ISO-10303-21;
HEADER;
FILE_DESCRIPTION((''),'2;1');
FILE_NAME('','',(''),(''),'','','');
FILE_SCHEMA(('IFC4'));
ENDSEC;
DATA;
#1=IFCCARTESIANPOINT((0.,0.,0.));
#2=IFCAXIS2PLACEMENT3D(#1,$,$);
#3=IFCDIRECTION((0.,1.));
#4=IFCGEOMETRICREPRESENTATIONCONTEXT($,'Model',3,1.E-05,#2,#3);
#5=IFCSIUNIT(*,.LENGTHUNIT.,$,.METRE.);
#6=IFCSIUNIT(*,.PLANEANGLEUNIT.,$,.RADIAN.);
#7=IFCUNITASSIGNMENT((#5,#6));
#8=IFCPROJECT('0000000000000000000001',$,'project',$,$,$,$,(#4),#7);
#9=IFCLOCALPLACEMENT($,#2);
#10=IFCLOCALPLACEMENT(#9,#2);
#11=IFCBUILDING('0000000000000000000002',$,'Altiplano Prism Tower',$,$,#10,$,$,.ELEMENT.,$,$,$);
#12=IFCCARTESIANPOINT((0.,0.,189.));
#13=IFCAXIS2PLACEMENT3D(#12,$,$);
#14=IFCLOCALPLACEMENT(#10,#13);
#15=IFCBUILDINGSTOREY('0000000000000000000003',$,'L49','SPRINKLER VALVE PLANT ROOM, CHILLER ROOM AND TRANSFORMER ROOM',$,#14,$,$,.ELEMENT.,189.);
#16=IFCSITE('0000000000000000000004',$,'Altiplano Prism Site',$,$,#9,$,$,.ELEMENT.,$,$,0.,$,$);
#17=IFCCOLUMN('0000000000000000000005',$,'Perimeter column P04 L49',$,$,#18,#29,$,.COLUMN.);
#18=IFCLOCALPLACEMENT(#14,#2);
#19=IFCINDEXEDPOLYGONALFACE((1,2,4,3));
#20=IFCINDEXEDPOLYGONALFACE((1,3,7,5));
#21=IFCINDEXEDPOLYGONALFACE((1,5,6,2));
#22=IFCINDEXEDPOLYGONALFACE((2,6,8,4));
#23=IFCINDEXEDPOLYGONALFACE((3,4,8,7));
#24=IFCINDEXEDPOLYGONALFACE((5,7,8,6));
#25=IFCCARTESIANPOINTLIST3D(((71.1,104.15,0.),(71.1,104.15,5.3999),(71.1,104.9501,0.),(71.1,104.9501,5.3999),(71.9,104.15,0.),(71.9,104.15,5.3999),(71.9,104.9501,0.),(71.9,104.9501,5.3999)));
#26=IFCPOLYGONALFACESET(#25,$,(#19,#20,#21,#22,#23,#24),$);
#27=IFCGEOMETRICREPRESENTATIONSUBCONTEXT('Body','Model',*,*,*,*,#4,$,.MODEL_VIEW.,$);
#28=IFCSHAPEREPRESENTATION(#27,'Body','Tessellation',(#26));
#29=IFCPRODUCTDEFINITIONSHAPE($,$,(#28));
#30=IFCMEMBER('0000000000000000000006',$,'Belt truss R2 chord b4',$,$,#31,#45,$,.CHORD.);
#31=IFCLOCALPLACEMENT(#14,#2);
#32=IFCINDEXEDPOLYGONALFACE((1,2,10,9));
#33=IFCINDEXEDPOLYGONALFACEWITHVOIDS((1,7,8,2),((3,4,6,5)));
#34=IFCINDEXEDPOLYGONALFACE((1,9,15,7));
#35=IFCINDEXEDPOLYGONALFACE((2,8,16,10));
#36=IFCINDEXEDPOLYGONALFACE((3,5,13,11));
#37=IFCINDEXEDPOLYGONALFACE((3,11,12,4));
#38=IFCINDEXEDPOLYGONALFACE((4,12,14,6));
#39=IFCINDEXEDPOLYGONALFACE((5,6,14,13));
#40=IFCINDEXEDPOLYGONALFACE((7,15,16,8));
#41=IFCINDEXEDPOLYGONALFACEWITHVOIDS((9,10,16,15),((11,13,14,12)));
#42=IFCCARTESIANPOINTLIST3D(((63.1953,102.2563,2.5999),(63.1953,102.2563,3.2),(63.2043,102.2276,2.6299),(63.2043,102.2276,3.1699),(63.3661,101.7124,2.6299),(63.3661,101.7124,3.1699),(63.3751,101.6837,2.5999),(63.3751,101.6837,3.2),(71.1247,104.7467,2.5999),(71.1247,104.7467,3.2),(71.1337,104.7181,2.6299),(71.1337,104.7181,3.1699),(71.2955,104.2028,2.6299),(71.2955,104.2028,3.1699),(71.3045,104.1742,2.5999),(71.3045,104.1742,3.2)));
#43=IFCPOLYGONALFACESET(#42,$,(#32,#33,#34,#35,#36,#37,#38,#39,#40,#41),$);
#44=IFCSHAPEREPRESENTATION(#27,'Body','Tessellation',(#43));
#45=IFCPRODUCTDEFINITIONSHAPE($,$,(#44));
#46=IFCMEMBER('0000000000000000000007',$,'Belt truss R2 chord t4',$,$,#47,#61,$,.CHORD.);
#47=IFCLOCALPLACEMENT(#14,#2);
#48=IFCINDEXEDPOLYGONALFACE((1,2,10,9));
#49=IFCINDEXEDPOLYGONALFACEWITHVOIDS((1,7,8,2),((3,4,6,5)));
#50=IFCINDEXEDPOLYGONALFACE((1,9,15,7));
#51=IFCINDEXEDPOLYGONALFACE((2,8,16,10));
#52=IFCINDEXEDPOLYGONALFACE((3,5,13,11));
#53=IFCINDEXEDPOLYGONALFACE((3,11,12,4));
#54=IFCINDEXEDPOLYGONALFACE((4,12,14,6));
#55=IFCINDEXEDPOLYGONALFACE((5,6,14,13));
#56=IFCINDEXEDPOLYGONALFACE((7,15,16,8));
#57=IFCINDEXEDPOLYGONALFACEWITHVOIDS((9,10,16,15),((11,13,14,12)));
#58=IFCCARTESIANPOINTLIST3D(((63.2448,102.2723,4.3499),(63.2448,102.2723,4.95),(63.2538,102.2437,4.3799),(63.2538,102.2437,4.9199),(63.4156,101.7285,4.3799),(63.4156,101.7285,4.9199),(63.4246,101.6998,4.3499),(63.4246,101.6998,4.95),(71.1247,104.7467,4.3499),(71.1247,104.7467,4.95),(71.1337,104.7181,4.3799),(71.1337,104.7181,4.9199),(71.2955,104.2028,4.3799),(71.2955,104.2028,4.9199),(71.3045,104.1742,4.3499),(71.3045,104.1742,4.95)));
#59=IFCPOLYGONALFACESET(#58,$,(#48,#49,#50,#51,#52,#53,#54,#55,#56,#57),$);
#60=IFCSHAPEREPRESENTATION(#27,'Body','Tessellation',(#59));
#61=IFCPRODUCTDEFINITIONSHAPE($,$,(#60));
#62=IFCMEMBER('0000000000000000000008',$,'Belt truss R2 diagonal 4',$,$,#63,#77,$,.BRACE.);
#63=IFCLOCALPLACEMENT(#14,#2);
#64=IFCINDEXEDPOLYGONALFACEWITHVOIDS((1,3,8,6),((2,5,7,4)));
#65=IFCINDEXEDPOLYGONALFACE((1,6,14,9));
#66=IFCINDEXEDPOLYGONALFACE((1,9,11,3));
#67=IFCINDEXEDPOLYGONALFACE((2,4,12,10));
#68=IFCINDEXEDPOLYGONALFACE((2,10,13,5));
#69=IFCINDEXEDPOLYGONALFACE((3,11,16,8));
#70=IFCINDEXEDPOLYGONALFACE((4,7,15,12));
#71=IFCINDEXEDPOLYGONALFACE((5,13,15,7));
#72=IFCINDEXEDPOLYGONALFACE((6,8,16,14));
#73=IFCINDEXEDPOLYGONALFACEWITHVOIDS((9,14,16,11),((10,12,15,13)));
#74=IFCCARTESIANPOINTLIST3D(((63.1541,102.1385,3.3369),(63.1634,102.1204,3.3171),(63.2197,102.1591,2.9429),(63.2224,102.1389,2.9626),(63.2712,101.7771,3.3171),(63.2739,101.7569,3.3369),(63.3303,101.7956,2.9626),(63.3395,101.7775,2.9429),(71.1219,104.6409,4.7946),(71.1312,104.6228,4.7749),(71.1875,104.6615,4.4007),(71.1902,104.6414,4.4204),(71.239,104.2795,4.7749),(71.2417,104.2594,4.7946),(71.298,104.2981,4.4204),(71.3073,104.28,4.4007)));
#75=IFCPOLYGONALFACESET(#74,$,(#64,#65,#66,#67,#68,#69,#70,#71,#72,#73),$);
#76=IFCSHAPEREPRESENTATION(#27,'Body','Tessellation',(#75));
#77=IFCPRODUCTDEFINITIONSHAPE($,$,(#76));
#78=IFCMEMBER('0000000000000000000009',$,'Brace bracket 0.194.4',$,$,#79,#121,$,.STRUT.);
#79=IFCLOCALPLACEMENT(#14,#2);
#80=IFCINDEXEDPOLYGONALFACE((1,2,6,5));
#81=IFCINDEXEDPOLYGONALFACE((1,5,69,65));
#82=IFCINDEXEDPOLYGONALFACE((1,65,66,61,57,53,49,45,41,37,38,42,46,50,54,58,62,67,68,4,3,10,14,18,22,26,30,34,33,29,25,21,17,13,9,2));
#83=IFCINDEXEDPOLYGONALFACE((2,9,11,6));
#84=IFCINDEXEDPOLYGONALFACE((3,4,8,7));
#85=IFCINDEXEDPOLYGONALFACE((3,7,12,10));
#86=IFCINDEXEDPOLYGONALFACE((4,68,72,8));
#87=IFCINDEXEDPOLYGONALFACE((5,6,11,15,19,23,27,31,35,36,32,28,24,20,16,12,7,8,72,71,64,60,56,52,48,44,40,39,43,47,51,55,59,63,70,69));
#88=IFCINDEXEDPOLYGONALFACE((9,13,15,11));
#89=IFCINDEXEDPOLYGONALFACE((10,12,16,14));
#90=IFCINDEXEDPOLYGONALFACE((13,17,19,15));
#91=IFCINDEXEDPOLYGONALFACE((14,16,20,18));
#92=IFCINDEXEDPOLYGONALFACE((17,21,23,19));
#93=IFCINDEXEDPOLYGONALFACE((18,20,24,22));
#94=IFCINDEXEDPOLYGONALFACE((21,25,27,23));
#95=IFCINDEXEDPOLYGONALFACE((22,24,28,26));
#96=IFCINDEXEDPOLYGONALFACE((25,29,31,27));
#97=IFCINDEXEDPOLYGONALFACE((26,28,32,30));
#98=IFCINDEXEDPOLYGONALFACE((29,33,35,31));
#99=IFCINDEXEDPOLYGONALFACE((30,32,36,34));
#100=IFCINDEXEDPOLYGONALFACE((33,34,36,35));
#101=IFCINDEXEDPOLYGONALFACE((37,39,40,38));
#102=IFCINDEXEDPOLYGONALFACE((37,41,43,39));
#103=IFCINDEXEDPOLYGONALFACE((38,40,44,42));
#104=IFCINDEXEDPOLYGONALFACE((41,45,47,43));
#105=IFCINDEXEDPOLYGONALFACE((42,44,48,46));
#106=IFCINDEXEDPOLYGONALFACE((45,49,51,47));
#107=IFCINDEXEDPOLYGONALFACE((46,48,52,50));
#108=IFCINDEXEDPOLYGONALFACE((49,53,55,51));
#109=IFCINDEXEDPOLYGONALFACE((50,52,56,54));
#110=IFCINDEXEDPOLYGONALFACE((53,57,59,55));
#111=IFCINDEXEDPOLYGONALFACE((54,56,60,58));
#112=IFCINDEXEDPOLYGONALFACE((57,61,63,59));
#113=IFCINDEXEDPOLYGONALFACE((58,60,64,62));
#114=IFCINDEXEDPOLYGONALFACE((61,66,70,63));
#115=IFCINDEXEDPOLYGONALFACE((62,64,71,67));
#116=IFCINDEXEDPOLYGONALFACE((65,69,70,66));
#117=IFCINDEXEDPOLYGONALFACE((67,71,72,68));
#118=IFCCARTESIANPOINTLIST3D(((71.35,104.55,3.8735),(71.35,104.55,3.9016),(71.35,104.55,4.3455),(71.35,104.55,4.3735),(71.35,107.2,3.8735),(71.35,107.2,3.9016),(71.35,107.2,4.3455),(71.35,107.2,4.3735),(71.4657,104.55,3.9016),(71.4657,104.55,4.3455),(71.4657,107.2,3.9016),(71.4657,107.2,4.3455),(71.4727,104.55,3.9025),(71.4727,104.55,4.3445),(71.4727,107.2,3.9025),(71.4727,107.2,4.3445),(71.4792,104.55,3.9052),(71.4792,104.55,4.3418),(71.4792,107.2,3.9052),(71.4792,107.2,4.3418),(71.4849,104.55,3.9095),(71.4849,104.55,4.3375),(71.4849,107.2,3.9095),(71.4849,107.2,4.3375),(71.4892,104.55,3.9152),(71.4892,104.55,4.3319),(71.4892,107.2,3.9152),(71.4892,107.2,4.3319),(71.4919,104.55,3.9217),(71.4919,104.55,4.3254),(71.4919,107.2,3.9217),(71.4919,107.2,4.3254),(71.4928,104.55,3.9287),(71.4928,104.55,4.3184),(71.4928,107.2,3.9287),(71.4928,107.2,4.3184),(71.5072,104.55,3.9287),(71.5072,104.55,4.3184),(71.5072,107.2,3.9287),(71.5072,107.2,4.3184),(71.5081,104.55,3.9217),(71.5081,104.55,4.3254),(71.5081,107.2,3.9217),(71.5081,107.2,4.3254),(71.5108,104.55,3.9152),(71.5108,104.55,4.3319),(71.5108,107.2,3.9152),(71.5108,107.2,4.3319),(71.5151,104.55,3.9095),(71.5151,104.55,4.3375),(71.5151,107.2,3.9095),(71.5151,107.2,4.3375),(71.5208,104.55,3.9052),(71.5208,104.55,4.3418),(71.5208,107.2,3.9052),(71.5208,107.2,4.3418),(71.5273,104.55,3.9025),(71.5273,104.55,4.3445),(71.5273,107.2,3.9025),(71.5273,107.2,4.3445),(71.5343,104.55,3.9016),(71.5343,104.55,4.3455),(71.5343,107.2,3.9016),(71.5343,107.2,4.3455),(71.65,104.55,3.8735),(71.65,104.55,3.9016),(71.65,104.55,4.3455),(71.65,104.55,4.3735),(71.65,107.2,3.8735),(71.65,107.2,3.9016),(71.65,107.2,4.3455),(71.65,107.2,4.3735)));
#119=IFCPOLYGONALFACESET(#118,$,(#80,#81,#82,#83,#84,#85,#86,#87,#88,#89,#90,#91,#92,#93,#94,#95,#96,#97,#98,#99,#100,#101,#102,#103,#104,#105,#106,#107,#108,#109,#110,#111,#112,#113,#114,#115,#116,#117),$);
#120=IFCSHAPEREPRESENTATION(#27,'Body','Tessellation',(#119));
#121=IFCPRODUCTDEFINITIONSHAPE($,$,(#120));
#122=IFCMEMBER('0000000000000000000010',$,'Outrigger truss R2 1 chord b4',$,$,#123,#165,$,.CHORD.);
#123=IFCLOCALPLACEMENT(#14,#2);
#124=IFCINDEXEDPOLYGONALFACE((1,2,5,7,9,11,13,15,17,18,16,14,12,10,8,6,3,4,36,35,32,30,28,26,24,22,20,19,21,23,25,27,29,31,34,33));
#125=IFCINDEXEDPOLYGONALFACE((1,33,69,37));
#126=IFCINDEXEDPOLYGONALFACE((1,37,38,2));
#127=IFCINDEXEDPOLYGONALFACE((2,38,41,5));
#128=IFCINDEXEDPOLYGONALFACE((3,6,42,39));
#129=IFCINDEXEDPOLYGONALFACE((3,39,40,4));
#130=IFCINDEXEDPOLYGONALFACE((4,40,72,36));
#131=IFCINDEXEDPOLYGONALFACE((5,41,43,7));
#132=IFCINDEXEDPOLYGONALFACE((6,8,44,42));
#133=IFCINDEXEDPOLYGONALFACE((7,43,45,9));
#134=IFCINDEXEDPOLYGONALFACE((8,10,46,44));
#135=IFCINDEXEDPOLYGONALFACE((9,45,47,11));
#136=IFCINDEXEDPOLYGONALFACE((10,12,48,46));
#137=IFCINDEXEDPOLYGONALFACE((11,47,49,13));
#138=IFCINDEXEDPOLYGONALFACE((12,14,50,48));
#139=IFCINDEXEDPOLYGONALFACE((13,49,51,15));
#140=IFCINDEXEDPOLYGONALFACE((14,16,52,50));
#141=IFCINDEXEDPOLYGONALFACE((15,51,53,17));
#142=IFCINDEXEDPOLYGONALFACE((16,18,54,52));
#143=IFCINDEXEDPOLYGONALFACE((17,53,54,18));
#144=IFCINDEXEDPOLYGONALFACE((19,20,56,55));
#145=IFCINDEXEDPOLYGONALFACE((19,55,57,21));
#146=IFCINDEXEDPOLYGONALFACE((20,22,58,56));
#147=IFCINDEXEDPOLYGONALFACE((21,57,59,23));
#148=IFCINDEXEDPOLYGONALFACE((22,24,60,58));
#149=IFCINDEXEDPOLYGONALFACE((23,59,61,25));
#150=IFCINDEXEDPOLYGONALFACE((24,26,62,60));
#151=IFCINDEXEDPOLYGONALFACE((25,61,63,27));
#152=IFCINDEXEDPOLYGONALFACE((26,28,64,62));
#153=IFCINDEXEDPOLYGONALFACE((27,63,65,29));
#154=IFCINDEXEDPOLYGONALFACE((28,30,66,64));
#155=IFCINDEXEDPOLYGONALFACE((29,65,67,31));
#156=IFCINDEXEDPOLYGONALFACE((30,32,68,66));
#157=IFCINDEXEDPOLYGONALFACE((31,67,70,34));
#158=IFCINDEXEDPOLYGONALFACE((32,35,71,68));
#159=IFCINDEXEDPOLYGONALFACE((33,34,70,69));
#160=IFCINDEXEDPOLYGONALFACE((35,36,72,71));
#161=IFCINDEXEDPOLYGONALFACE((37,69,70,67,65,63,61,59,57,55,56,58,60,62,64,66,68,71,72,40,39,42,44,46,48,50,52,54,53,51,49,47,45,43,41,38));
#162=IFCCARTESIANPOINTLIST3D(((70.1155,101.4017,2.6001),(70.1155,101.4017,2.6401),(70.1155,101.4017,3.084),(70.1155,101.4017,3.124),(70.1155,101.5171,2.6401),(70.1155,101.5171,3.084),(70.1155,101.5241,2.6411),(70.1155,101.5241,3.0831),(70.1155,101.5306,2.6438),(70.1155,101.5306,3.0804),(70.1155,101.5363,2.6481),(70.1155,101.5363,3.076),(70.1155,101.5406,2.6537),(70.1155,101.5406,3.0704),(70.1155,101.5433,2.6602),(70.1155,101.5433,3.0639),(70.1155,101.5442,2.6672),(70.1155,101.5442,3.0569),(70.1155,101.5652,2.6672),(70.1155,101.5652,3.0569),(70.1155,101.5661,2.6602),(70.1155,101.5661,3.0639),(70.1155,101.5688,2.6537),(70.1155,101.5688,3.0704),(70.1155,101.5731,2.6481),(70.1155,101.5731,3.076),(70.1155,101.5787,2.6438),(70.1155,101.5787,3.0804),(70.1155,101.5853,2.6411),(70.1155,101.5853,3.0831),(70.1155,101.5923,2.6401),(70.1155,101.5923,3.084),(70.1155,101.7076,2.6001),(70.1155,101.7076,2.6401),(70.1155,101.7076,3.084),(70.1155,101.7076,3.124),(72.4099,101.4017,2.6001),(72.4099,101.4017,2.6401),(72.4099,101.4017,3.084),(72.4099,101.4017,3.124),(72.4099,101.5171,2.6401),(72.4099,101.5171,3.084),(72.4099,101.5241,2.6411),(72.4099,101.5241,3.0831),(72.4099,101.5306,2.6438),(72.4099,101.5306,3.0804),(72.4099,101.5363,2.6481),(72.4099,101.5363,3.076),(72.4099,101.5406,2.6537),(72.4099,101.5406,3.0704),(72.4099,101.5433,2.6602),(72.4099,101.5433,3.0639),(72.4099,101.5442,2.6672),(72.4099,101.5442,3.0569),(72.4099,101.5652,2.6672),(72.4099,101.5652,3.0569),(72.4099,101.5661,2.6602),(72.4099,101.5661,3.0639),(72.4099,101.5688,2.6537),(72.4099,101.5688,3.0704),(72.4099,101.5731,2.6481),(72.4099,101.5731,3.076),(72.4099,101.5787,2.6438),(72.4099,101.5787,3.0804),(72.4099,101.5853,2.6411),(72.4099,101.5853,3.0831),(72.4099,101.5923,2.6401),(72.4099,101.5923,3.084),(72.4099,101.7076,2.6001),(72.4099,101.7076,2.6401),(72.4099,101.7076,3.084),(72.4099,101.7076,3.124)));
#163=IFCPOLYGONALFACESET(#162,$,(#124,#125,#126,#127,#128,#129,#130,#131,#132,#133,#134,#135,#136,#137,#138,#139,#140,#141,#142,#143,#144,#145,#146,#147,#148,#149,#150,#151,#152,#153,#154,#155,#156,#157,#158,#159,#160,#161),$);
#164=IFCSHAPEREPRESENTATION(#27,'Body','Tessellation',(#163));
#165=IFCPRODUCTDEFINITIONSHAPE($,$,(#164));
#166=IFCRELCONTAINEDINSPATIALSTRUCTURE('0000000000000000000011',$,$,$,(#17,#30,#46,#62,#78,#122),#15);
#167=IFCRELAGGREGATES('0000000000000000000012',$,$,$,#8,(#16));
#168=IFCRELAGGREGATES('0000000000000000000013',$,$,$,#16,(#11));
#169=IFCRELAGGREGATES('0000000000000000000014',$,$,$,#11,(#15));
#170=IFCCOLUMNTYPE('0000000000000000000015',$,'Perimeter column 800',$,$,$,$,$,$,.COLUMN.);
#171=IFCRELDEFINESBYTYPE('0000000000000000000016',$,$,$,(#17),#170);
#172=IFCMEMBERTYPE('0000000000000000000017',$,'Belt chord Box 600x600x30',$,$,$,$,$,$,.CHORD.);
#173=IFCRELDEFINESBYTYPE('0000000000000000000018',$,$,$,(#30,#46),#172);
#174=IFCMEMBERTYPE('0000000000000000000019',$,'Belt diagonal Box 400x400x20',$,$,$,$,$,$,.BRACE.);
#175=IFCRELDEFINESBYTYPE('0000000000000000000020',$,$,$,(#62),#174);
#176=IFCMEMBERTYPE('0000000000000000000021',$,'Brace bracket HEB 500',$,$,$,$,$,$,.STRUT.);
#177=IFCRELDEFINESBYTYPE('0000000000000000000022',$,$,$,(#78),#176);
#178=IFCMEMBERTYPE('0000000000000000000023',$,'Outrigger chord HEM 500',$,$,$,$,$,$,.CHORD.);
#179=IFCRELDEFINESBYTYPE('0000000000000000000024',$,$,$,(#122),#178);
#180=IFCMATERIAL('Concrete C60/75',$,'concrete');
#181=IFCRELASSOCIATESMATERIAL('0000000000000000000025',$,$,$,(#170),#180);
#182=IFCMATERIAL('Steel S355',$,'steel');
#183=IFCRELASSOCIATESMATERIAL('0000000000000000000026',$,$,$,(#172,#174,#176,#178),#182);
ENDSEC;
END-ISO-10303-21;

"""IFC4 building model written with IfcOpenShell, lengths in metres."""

from ifc_helpers import new_model, si_unit, direction, frame, origin, origin_2d, place, context, subcontext, project, spatial, rectangle, hollow_rectangle, i_section, extrude, material, material_profile, profile_set, type_object, element, save


model = new_model("IFC4")

# Units and contexts
model_context = context("Model", 3, precision=1e-05, world=origin(), true_north=direction((0.0, 1.0)))
body_context = subcontext(model_context, "Body", "Model", "MODEL_VIEW")
ifc_project = project(units=[si_unit("LENGTHUNIT", "METRE"), si_unit("PLANEANGLEUNIT", "RADIAN")], contexts=[model_context])

# Site, building, storey
site_placement = place(None, origin())
site = spatial("IfcSite", under=ifc_project, at=site_placement, Name="Altiplano Prism Site", CompositionType="ELEMENT", RefElevation=0.0)
building_placement = place(site_placement, origin())
building = spatial("IfcBuilding", under=site, at=building_placement, Name="Altiplano Prism Tower", CompositionType="ELEMENT")
storey_placement = place(building_placement, frame((0.0, 0.0, 189.0)))
storey = spatial("IfcBuildingStorey", under=building, at=storey_placement, Name="L49", Description="SPRINKLER VALVE PLANT ROOM, CHILLER ROOM AND TRANSFORMER ROOM", CompositionType="ELEMENT", Elevation=189.0)

# Column
ifc_material_1 = material(Name="Concrete C60/75", Category="concrete")
ifc_material_profile_1 = material_profile(ifc_material_1, rectangle(XDim=0.8, YDim=0.8, at=origin_2d()), Name="Perimeter column 800")
ifc_profile_set_1 = profile_set([ifc_material_profile_1], Name="Concrete C60/75")
column_type = type_object("IfcColumnType", Name="Perimeter column 800", PredefinedType="COLUMN", material=ifc_profile_set_1)
column_placement = place(storey_placement, frame((71.5, 104.55, 0.0), z_axis=(0.0, 0.0, 1.0), x_axis=(1.0, 0.0, 0.0)))
element("IfcColumn", 1, at=column_placement, inside=storey, type_object=column_type, Name="Perimeter column P04 L49", PredefinedType="COLUMN", context=body_context, shape_type="SweptSolid", body=[
    extrude(rectangle(XDim=0.8, YDim=0.8, at=origin_2d()), origin(), (0.0, 0.0, 1.0), 5.3999),
])

# Members
ifc_material_2 = material(Name="Steel S355", Category="steel")
ifc_material_profile_2 = material_profile(ifc_material_2, hollow_rectangle(XDim=0.6001, YDim=0.6001, WallThickness=0.03, at=origin_2d()), Name="Belt chord Box 600x600x30")
ifc_profile_set_2 = profile_set([ifc_material_profile_2], Name="Steel S355")
member_type_1 = type_object("IfcMemberType", Name="Belt chord Box 600x600x30", PredefinedType="CHORD", material=ifc_profile_set_2)
member_1_placement = place(storey_placement, frame((71.2146, 104.4604, 2.8999), z_axis=(-0.95405, -0.299648, 0.0), x_axis=(0.299648, -0.95405, 0.0)))
element("IfcMember", 2, at=member_1_placement, inside=storey, type_object=member_type_1, Name="Belt truss R2 chord b4", PredefinedType="CHORD", context=body_context, shape_type="SweptSolid", body=[
    extrude(hollow_rectangle(XDim=0.6001, YDim=0.6001, WallThickness=0.03, at=origin_2d()), origin(), (0.0, 0.0, 1.0), 8.3113),
])
member_2_placement = place(storey_placement, frame((71.2146, 104.4604, 4.6499), z_axis=(-0.954069, -0.299588, 0.0), x_axis=(0.299588, -0.954069, 0.0)))
element("IfcMember", 3, at=member_2_placement, inside=storey, type_object=member_type_1, Name="Belt truss R2 chord t4", PredefinedType="CHORD", context=body_context, shape_type="SweptSolid", body=[
    extrude(hollow_rectangle(XDim=0.6001, YDim=0.6001, WallThickness=0.03, at=origin_2d()), origin(), (0.0, 0.0, 1.0), 8.2593),
])
ifc_material_profile_3 = material_profile(ifc_material_2, hollow_rectangle(XDim=0.3999, YDim=0.3999, WallThickness=0.02, at=origin_2d()), Name="Belt diagonal Box 400x400x20")
ifc_profile_set_3 = profile_set([ifc_material_profile_3], Name="Steel S355")
member_type_2 = type_object("IfcMemberType", Name="Belt diagonal Box 400x400x20", PredefinedType="BRACE", material=ifc_profile_set_3)
member_3_placement = place(storey_placement, frame((71.2146, 104.4604, 4.5977), z_axis=(-0.939842, -0.295177, -0.171951), x_axis=(0.29964, -0.954052, 0.0)))
element("IfcMember", 4, at=member_3_placement, inside=storey, type_object=member_type_2, Name="Belt truss R2 diagonal 4", PredefinedType="BRACE", context=body_context, shape_type="SweptSolid", body=[
    extrude(hollow_rectangle(XDim=0.3999, YDim=0.3999, WallThickness=0.02, at=origin_2d()), origin(), (0.0, 0.0, 1.0), 8.4778),
])
ifc_material_profile_4 = material_profile(ifc_material_2, i_section(OverallWidth=0.3, OverallDepth=0.5, WebThickness=0.0144, FlangeThickness=0.0281, FilletRadius=0.0271, at=origin_2d()), Name="Brace bracket HEB 500")
ifc_profile_set_4 = profile_set([ifc_material_profile_4], Name="Steel S355")
member_type_3 = type_object("IfcMemberType", Name="Brace bracket HEB 500", PredefinedType="STRUT", material=ifc_profile_set_4)
member_4_placement = place(storey_placement, frame((71.5, 104.55, 4.1235), z_axis=(0.0, 1.0, 0.0), x_axis=(-1.0, 0.0, 0.0)))
element("IfcMember", 5, at=member_4_placement, inside=storey, type_object=member_type_3, Name="Brace bracket 0.194.4", PredefinedType="STRUT", context=body_context, shape_type="SweptSolid", body=[
    extrude(i_section(OverallWidth=0.3, OverallDepth=0.5, WebThickness=0.0144, FlangeThickness=0.0281, FilletRadius=0.0271, at=origin_2d()), origin(), (0.0, 0.0, 1.0), 2.6499),
])
ifc_material_profile_5 = material_profile(ifc_material_2, i_section(OverallWidth=0.3059, OverallDepth=0.5239, WebThickness=0.021, FlangeThickness=0.04, FilletRadius=0.0271, at=origin_2d()), Name="Outrigger chord HEM 500")
ifc_profile_set_5 = profile_set([ifc_material_profile_5], Name="Steel S355")
member_type_4 = type_object("IfcMemberType", Name="Outrigger chord HEM 500", PredefinedType="CHORD", material=ifc_profile_set_5)
for number, where, z_axis, x_axis, name in (
    (6, (70.1155, 101.5547, 2.8621), (1.0, 0.0, 0.0), (0.0, 1.0, 0.0), "Outrigger truss R2 1 chord b4"),
):
    element("IfcMember", number, at=place(storey_placement, frame(where, z_axis=z_axis, x_axis=x_axis)), inside=storey, type_object=member_type_4, Name=name, PredefinedType="CHORD", context=body_context, shape_type="SweptSolid", body=[
        extrude(i_section(OverallWidth=0.3059, OverallDepth=0.5239, WebThickness=0.021, FlangeThickness=0.04, FilletRadius=0.0271, at=origin_2d()), origin(), (0.0, 0.0, 1.0), 2.2944),
    ])

save(model, "model.ifc")
